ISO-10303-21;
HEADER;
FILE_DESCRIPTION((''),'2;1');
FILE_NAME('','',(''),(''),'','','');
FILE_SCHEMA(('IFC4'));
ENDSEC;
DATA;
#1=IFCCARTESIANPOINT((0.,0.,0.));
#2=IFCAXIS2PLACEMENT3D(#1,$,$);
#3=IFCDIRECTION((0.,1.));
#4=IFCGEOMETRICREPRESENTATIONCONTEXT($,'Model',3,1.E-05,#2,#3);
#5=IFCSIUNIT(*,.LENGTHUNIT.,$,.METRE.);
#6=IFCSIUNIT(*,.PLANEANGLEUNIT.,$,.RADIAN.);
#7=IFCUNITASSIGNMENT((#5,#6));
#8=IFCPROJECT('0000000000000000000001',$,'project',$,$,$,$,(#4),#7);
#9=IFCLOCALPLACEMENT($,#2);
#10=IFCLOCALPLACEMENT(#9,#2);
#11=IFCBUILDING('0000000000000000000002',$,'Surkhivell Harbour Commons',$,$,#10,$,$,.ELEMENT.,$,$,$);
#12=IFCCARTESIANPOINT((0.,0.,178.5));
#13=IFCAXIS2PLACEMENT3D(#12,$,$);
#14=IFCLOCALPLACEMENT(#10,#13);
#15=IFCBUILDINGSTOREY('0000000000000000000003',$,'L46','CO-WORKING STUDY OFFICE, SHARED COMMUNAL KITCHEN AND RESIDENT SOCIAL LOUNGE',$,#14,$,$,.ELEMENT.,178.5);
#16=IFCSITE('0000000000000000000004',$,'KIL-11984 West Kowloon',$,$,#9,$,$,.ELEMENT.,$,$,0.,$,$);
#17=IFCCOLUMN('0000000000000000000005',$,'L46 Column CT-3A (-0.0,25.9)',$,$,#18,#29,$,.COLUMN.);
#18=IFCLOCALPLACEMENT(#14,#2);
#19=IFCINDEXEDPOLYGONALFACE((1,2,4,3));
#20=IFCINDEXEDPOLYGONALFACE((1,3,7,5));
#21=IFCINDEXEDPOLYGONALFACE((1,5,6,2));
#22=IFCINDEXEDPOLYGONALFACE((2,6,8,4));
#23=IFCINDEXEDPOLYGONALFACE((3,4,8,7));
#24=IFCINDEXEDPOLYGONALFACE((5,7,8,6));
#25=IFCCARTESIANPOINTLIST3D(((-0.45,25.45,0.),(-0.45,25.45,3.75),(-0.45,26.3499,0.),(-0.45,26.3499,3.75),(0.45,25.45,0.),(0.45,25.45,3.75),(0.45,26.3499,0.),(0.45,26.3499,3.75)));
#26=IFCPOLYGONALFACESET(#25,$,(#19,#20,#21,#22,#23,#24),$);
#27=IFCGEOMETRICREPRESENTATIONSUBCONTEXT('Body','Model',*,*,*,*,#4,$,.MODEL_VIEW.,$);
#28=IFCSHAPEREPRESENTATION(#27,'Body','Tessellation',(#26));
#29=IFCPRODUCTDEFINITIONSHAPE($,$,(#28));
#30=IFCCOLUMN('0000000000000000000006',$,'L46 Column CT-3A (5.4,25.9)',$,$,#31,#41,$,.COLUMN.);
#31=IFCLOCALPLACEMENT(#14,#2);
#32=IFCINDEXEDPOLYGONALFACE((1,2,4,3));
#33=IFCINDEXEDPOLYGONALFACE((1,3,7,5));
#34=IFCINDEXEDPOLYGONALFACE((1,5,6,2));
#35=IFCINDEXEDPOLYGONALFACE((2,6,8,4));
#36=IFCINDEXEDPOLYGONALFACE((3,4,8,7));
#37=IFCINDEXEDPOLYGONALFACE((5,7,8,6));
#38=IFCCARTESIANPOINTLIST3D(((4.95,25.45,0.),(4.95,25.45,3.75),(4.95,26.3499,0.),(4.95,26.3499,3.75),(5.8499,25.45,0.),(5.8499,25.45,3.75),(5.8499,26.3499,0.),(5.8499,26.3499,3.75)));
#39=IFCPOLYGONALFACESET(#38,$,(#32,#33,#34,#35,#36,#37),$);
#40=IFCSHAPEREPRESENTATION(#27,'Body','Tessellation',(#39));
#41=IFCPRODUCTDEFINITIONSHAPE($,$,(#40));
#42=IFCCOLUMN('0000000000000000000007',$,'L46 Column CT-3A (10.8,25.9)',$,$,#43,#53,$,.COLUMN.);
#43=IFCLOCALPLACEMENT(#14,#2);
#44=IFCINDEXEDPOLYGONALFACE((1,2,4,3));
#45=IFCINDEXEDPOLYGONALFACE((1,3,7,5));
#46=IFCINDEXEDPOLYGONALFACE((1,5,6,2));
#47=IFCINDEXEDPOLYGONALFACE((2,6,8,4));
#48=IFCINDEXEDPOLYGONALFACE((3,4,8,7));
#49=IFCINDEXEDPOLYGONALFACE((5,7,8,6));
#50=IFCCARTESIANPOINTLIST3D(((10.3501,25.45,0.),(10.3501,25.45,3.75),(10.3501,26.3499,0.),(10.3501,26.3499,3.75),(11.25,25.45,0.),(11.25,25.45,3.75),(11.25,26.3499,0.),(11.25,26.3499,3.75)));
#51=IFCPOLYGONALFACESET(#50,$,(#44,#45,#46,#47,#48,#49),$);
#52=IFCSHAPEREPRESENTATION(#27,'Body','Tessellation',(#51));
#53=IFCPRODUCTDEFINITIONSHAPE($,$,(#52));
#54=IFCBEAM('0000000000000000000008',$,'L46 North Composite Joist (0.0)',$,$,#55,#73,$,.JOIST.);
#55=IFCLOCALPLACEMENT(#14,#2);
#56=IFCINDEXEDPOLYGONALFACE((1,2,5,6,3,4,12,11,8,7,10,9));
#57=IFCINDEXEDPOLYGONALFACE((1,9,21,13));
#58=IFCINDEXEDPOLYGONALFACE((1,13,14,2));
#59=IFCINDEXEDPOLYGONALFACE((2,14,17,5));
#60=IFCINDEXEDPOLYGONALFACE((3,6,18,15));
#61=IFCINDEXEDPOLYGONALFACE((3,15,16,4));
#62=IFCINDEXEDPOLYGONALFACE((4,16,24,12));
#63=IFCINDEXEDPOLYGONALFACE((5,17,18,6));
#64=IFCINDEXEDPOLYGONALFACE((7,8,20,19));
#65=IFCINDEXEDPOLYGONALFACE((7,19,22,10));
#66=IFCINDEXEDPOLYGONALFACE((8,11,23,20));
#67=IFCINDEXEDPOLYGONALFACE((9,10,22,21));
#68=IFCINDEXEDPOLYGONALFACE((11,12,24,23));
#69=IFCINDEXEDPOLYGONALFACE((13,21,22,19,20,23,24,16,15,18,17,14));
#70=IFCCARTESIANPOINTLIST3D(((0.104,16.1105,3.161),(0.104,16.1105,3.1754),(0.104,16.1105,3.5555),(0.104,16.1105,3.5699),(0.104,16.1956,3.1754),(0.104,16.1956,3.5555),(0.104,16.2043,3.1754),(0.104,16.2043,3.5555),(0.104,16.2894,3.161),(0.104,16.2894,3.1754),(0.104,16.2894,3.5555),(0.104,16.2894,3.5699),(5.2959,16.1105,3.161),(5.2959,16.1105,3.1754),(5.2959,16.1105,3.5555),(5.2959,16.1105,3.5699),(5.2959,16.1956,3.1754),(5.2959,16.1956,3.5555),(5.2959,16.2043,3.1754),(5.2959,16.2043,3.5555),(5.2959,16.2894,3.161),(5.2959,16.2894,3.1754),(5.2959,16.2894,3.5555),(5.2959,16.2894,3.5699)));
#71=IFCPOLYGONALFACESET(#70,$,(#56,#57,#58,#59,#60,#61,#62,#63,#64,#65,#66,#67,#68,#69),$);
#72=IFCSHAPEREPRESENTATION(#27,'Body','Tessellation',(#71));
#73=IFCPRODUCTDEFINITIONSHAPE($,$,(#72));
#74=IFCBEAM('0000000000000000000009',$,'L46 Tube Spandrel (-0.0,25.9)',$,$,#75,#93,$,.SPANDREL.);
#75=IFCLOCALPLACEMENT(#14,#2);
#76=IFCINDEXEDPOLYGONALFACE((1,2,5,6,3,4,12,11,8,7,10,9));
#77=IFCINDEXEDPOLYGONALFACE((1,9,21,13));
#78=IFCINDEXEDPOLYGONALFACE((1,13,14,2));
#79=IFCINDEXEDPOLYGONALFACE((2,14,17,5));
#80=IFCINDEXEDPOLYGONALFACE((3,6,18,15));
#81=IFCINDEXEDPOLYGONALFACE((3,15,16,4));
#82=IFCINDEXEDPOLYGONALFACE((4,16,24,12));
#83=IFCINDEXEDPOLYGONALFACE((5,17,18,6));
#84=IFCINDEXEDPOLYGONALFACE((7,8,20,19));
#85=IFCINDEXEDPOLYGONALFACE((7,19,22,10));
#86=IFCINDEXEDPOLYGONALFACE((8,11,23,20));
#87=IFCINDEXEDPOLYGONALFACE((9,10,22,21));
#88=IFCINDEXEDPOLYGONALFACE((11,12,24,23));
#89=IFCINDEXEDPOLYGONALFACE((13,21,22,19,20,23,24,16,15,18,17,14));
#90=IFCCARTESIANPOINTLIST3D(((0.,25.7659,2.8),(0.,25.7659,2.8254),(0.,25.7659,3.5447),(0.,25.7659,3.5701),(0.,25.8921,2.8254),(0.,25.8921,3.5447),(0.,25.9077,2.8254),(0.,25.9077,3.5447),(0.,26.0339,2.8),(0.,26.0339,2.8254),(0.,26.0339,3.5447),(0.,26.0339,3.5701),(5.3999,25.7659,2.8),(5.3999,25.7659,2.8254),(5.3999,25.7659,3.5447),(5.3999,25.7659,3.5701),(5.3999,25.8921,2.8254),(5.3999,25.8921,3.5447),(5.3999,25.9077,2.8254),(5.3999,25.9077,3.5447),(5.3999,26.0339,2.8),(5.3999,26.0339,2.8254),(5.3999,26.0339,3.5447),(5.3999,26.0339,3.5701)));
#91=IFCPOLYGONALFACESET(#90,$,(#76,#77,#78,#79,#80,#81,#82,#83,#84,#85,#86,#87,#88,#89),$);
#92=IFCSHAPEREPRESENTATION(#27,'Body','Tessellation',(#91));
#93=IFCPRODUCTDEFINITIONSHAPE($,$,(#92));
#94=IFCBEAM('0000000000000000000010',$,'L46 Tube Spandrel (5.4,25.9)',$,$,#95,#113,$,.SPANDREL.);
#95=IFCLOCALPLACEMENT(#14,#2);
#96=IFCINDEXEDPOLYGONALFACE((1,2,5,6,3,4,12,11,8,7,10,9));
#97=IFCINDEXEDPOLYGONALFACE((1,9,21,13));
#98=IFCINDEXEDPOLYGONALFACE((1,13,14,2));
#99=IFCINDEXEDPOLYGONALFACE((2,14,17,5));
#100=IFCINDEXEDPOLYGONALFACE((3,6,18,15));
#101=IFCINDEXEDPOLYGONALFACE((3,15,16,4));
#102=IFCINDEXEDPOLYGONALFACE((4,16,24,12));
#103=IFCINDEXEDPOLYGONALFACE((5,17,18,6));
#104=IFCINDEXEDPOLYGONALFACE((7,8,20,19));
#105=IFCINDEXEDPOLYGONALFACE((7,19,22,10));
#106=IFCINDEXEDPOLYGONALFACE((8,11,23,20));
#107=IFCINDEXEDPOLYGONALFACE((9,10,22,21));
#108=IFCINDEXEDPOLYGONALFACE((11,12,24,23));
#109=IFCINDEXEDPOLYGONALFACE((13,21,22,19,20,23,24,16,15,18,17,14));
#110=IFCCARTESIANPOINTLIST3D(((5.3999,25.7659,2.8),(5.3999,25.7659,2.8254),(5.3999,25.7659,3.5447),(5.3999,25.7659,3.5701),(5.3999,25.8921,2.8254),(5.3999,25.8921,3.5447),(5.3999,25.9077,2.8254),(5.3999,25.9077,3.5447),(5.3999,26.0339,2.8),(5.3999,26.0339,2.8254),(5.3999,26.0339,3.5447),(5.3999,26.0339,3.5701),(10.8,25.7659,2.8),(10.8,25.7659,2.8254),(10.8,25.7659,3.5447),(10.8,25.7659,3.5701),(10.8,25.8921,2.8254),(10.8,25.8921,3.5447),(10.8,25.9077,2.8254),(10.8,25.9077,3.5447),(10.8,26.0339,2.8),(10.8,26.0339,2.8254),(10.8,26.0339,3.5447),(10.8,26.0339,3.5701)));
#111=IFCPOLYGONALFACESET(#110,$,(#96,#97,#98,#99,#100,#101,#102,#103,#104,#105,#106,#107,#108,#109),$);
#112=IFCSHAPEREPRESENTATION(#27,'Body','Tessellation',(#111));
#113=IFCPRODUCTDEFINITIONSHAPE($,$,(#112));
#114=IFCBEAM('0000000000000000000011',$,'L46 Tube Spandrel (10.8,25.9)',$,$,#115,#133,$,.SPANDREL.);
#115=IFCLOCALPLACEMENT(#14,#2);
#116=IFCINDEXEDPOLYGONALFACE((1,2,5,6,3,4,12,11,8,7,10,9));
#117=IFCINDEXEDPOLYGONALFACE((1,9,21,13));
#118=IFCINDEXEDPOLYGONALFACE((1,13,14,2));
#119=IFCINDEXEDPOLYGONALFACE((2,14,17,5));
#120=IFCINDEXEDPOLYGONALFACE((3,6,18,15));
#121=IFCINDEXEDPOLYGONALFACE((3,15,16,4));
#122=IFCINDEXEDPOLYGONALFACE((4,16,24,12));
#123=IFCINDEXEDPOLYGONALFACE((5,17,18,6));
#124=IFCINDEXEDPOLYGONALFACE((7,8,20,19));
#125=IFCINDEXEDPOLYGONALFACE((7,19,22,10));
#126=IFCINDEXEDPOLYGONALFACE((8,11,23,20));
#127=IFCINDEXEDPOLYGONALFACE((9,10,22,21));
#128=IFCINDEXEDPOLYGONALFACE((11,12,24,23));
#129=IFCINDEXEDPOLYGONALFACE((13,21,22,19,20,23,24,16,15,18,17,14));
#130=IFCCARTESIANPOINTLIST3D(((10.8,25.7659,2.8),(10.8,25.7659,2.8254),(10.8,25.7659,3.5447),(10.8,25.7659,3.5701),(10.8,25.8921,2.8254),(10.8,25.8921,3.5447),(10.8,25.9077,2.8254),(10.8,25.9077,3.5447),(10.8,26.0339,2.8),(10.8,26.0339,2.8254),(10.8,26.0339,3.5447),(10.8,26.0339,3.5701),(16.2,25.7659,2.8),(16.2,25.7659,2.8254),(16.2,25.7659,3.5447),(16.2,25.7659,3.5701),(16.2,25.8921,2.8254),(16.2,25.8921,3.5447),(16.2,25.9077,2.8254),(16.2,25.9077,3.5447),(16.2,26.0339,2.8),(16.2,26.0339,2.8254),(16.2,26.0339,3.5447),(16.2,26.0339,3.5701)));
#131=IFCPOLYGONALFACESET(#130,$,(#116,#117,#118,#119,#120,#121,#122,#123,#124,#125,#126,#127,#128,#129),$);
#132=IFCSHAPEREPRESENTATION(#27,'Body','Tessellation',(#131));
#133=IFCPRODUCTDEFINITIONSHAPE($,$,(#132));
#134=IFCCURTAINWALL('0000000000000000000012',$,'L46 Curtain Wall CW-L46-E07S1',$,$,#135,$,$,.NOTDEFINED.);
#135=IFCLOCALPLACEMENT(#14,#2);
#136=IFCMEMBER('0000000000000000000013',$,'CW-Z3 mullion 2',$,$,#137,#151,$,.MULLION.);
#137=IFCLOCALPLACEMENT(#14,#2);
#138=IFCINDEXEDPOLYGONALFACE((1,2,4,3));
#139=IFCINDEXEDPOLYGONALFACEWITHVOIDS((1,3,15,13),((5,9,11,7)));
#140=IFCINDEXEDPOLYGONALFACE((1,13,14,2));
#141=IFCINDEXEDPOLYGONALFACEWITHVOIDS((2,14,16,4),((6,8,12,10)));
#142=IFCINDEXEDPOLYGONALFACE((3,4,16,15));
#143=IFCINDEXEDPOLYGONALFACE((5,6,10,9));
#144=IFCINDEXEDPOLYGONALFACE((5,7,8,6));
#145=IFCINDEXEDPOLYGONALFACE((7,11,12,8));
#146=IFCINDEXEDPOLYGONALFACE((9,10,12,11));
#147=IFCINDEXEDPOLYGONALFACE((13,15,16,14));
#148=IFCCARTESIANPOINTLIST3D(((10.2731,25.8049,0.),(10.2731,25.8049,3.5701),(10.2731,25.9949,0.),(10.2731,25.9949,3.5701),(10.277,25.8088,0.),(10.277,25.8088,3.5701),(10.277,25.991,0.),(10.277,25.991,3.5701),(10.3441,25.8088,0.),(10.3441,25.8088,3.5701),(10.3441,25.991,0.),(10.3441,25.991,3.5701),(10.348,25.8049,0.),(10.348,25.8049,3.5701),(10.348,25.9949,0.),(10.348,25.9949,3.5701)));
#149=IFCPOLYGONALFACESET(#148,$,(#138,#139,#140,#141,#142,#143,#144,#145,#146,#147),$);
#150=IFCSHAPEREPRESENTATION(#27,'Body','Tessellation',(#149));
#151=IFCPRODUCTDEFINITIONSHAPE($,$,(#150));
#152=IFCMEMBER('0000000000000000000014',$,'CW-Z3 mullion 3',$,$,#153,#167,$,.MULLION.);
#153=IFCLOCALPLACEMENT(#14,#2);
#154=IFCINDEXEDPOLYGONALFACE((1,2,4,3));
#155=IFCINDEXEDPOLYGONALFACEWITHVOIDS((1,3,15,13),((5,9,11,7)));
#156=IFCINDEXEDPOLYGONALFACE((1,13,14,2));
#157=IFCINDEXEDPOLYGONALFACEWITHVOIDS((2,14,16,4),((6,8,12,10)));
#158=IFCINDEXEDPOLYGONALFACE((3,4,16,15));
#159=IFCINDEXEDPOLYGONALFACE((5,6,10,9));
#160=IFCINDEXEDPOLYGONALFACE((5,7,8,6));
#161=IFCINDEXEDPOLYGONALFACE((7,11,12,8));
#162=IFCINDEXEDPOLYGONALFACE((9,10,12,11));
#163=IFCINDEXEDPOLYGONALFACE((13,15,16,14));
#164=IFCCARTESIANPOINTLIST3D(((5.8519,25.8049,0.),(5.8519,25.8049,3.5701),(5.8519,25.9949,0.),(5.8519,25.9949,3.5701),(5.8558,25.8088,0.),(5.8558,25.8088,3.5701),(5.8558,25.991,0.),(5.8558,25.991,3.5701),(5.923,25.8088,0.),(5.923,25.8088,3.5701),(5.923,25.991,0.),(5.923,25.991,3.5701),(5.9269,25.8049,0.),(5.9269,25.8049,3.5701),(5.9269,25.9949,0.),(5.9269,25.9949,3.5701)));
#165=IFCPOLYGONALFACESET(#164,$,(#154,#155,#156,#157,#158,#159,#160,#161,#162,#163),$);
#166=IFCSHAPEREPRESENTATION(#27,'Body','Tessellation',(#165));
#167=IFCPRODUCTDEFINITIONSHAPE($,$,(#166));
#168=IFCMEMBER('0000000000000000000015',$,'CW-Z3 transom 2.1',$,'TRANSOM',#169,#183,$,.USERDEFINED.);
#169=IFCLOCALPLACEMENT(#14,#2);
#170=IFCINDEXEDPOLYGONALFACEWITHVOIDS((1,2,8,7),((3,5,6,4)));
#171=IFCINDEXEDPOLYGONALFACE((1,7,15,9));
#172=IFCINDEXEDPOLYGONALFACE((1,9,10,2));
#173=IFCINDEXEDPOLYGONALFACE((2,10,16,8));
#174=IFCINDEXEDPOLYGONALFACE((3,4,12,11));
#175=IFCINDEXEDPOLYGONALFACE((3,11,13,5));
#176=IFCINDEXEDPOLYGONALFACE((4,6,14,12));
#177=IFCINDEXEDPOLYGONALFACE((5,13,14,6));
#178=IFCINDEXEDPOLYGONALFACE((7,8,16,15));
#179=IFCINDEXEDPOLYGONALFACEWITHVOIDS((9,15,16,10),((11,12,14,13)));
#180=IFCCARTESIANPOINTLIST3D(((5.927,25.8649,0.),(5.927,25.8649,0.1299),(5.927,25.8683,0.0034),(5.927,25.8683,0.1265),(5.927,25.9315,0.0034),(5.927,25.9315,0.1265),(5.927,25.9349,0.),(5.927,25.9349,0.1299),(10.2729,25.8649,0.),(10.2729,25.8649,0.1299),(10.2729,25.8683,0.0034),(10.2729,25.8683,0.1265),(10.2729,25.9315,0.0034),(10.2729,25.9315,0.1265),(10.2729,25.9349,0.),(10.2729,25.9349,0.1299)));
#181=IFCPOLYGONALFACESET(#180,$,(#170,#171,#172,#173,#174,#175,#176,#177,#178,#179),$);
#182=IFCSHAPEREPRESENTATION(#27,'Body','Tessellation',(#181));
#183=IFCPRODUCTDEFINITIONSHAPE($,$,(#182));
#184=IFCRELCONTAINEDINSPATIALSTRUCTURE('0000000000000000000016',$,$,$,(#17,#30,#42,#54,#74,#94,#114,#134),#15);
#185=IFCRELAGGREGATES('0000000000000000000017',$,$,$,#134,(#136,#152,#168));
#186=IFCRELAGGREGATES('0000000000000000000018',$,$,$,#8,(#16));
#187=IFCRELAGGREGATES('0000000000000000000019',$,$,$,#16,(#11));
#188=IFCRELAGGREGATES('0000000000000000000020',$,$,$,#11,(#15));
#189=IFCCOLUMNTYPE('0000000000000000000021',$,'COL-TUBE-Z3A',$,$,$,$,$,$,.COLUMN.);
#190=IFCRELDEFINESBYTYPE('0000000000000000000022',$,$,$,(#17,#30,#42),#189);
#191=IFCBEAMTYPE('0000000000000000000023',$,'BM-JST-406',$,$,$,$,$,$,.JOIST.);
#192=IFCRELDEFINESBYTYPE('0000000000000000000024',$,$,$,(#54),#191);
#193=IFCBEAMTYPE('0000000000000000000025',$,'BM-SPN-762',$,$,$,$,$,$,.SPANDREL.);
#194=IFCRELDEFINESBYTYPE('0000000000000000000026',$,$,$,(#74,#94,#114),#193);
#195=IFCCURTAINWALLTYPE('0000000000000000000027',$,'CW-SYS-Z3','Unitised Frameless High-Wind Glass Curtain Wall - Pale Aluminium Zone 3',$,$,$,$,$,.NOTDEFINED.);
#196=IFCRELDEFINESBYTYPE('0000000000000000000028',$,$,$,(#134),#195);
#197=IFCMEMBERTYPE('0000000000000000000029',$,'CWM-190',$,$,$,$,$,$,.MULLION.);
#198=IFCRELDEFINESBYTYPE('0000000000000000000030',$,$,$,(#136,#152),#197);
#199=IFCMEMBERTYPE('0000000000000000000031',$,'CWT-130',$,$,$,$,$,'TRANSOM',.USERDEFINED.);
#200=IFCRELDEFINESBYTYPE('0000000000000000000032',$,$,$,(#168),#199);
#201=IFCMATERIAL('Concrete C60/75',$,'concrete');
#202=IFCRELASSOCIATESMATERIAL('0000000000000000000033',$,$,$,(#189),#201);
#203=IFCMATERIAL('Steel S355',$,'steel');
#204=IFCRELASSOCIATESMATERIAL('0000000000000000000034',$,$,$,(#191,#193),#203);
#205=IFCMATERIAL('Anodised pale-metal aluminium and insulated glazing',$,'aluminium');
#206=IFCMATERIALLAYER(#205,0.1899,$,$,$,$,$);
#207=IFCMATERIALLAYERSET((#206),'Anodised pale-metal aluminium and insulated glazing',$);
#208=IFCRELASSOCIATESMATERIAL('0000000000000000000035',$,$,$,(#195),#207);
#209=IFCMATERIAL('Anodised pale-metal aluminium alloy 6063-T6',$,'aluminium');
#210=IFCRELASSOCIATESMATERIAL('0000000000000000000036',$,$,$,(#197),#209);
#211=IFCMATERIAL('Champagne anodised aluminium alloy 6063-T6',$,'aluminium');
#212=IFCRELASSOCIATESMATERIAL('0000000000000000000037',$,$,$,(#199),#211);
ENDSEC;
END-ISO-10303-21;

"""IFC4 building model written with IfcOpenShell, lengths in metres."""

from ifc_helpers import new_model, si_unit, direction, frame, origin, origin_2d, place, context, subcontext, project, spatial, rectangle, hollow_rectangle, i_section, extrude, material, layer, layer_set, material_profile, profile_set, type_object, element, aggregate, save


model = new_model("IFC4")

# Units and contexts
model_context = context("Model", 3, precision=1e-05, world=origin(), true_north=direction((0.0, 1.0)))
body_context = subcontext(model_context, "Body", "Model", "MODEL_VIEW")
ifc_project = project(units=[si_unit("LENGTHUNIT", "METRE"), si_unit("PLANEANGLEUNIT", "RADIAN")], contexts=[model_context])

# Site, building, storey
site_placement = place(None, origin())
site = spatial("IfcSite", under=ifc_project, at=site_placement, Name="KIL-11984 West Kowloon", CompositionType="ELEMENT", RefElevation=0.0)
building_placement = place(site_placement, origin())
building = spatial("IfcBuilding", under=site, at=building_placement, Name="Surkhivell Harbour Commons", CompositionType="ELEMENT")
storey_placement = place(building_placement, frame((0.0, 0.0, 178.5)))
storey = spatial("IfcBuildingStorey", under=building, at=storey_placement, Name="L46", Description="CO-WORKING STUDY OFFICE, SHARED COMMUNAL KITCHEN AND RESIDENT SOCIAL LOUNGE", CompositionType="ELEMENT", Elevation=178.5)

# Columns
ifc_material_1 = material(Name="Concrete C60/75", Category="concrete")
ifc_material_profile_1 = material_profile(ifc_material_1, rectangle(XDim=0.8999, YDim=0.8999, at=origin_2d()), Name="RC-COL-900x900")
ifc_profile_set_1 = profile_set([ifc_material_profile_1], Name="Concrete C60/75")
column_type = type_object("IfcColumnType", Name="COL-TUBE-Z3A", PredefinedType="COLUMN", material=ifc_profile_set_1)
for number, where, z_axis, x_axis, name in (
    (1, (0.0, 25.8999, 0.0), (0.0, 0.0, 1.0), (1.0, 0.0, 0.0), "L46 Column CT-3A (-0.0,25.9)"),
    (2, (5.3999, 25.8999, 0.0), (0.0, 0.0, 1.0), (1.0, 0.0, 0.0), "L46 Column CT-3A (5.4,25.9)"),
    (3, (10.8, 25.8999, 0.0), (0.0, 0.0, 1.0), (1.0, 0.0, 0.0), "L46 Column CT-3A (10.8,25.9)"),
):
    element("IfcColumn", number, at=place(storey_placement, frame(where, z_axis=z_axis, x_axis=x_axis)), inside=storey, type_object=column_type, Name=name, PredefinedType="COLUMN", context=body_context, shape_type="SweptSolid", body=[
        extrude(rectangle(XDim=0.8999, YDim=0.8999, at=origin_2d()), origin(), (0.0, 0.0, 1.0), 3.75),
    ])

# Beams
ifc_material_2 = material(Name="Steel S355", Category="steel")
ifc_material_profile_2 = material_profile(ifc_material_2, i_section(OverallWidth=0.179, OverallDepth=0.4089, WebThickness=0.0088, FlangeThickness=0.0144, at=origin_2d()), Name="UB406x178x67")
ifc_profile_set_2 = profile_set([ifc_material_profile_2], Name="Steel S355")
beam_type_1 = type_object("IfcBeamType", Name="BM-JST-406", PredefinedType="JOIST", material=ifc_profile_set_2)
beam_1_placement = place(storey_placement, frame((0.104, 16.2, 3.3655), z_axis=(1.0, 0.0, 0.0), x_axis=(0.0, 1.0, 0.0)))
element("IfcBeam", 4, at=beam_1_placement, inside=storey, type_object=beam_type_1, Name="L46 North Composite Joist (0.0)", PredefinedType="JOIST", context=body_context, shape_type="SweptSolid", body=[
    extrude(i_section(OverallWidth=0.179, OverallDepth=0.4089, WebThickness=0.0088, FlangeThickness=0.0144, at=origin_2d()), origin(), (0.0, 0.0, 1.0), 5.1919),
])
ifc_material_profile_3 = material_profile(ifc_material_2, i_section(OverallWidth=0.2681, OverallDepth=0.77, WebThickness=0.0156, FlangeThickness=0.0254, at=origin_2d()), Name="UB762x267x197")
ifc_profile_set_3 = profile_set([ifc_material_profile_3], Name="Steel S355")
beam_type_2 = type_object("IfcBeamType", Name="BM-SPN-762", PredefinedType="SPANDREL", material=ifc_profile_set_3)
beam_2_placement = place(storey_placement, frame((0.0, 25.8999, 3.1851), z_axis=(1.0, 0.0, 0.0), x_axis=(0.0, 1.0, 0.0)))
element("IfcBeam", 5, at=beam_2_placement, inside=storey, type_object=beam_type_2, Name="L46 Tube Spandrel (-0.0,25.9)", PredefinedType="SPANDREL", context=body_context, shape_type="SweptSolid", body=[
    extrude(i_section(OverallWidth=0.2681, OverallDepth=0.77, WebThickness=0.0156, FlangeThickness=0.0254, at=origin_2d()), origin(), (0.0, 0.0, 1.0), 5.3999),
])
beam_3_placement = place(storey_placement, frame((5.3999, 25.8999, 3.1851), z_axis=(1.0, 0.0, 0.0), x_axis=(0.0, 1.0, 0.0)))
element("IfcBeam", 6, at=beam_3_placement, inside=storey, type_object=beam_type_2, Name="L46 Tube Spandrel (5.4,25.9)", PredefinedType="SPANDREL", context=body_context, shape_type="SweptSolid", body=[
    extrude(i_section(OverallWidth=0.2681, OverallDepth=0.77, WebThickness=0.0156, FlangeThickness=0.0254, at=origin_2d()), origin(), (0.0, 0.0, 1.0), 5.4001),
])
beam_4_placement = place(storey_placement, frame((10.8, 25.8999, 3.1851), z_axis=(1.0, 0.0, 0.0), x_axis=(0.0, 1.0, 0.0)))
element("IfcBeam", 7, at=beam_4_placement, inside=storey, type_object=beam_type_2, Name="L46 Tube Spandrel (10.8,25.9)", PredefinedType="SPANDREL", context=body_context, shape_type="SweptSolid", body=[
    extrude(i_section(OverallWidth=0.2681, OverallDepth=0.77, WebThickness=0.0156, FlangeThickness=0.0254, at=origin_2d()), origin(), (0.0, 0.0, 1.0), 5.3999),
])

# Curtain wall, members
ifc_material_3 = material(Name="Anodised pale-metal aluminium and insulated glazing", Category="aluminium")
ifc_layer_1 = layer(ifc_material_3, 0.1899)
ifc_layer_set_1 = layer_set([ifc_layer_1], Name="Anodised pale-metal aluminium and insulated glazing")
curtain_wall_type = type_object("IfcCurtainWallType", Name="CW-SYS-Z3", Description="Unitised Frameless High-Wind Glass Curtain Wall - Pale Aluminium Zone 3", PredefinedType="NOTDEFINED", material=ifc_layer_set_1)
curtain_wall_placement = place(storey_placement, origin())
curtain_wall = element("IfcCurtainWall", 8, at=curtain_wall_placement, inside=storey, type_object=curtain_wall_type, Name="L46 Curtain Wall CW-L46-E07S1", PredefinedType="NOTDEFINED")
ifc_material_4 = material(Name="Anodised pale-metal aluminium alloy 6063-T6", Category="aluminium")
ifc_material_profile_4 = material_profile(ifc_material_4, hollow_rectangle(XDim=0.075, YDim=0.1899, WallThickness=0.0039, at=origin_2d()), Name="ALU-MULL-75x190")
ifc_profile_set_4 = profile_set([ifc_material_profile_4], Name="Anodised pale-metal aluminium alloy 6063-T6")
member_type_1 = type_object("IfcMemberType", Name="CWM-190", PredefinedType="MULLION", material=ifc_profile_set_4)
member_1_placement = place(storey_placement, frame((10.3105, 25.8999, 0.0), z_axis=(0.0, 0.0, 1.0), x_axis=(-1.0, 0.0, 0.0)))
member_1 = element("IfcMember", 9, at=member_1_placement, type_object=member_type_1, Name="CW-Z3 mullion 2", PredefinedType="MULLION", context=body_context, shape_type="SweptSolid", body=[
    extrude(hollow_rectangle(XDim=0.075, YDim=0.1899, WallThickness=0.0039, at=origin_2d()), origin(), (0.0, 0.0, 1.0), 3.5701),
])
member_2_placement = place(storey_placement, frame((5.8894, 25.8999, 0.0), z_axis=(0.0, 0.0, 1.0), x_axis=(-1.0, 0.0, 0.0)))
member_2 = element("IfcMember", 10, at=member_2_placement, type_object=member_type_1, Name="CW-Z3 mullion 3", PredefinedType="MULLION", context=body_context, shape_type="SweptSolid", body=[
    extrude(hollow_rectangle(XDim=0.075, YDim=0.1899, WallThickness=0.0039, at=origin_2d()), origin(), (0.0, 0.0, 1.0), 3.5701),
])
ifc_material_5 = material(Name="Champagne anodised aluminium alloy 6063-T6", Category="aluminium")
ifc_material_profile_5 = material_profile(ifc_material_5, hollow_rectangle(XDim=0.0701, YDim=0.1299, WallThickness=0.0034, at=origin_2d()), Name="ALU-TRAN-70x130")
ifc_profile_set_5 = profile_set([ifc_material_profile_5], Name="Champagne anodised aluminium alloy 6063-T6")
member_type_2 = type_object("IfcMemberType", Name="CWT-130", ElementType="TRANSOM", PredefinedType="USERDEFINED", material=ifc_profile_set_5)
member_3_placement = place(storey_placement, frame((10.2729, 25.8999, 0.0649), z_axis=(-1.0, 0.0, 0.0), x_axis=(0.0, -1.0, 0.0)))
member_3 = element("IfcMember", 11, at=member_3_placement, type_object=member_type_2, Name="CW-Z3 transom 2.1", ObjectType="TRANSOM", PredefinedType="USERDEFINED", context=body_context, shape_type="SweptSolid", body=[
    extrude(hollow_rectangle(XDim=0.0701, YDim=0.1299, WallThickness=0.0034, at=origin_2d()), origin(), (0.0, 0.0, 1.0), 4.3459),
])

aggregate(curtain_wall, [member_1, member_2, member_3])

save(model, "model.ifc")
